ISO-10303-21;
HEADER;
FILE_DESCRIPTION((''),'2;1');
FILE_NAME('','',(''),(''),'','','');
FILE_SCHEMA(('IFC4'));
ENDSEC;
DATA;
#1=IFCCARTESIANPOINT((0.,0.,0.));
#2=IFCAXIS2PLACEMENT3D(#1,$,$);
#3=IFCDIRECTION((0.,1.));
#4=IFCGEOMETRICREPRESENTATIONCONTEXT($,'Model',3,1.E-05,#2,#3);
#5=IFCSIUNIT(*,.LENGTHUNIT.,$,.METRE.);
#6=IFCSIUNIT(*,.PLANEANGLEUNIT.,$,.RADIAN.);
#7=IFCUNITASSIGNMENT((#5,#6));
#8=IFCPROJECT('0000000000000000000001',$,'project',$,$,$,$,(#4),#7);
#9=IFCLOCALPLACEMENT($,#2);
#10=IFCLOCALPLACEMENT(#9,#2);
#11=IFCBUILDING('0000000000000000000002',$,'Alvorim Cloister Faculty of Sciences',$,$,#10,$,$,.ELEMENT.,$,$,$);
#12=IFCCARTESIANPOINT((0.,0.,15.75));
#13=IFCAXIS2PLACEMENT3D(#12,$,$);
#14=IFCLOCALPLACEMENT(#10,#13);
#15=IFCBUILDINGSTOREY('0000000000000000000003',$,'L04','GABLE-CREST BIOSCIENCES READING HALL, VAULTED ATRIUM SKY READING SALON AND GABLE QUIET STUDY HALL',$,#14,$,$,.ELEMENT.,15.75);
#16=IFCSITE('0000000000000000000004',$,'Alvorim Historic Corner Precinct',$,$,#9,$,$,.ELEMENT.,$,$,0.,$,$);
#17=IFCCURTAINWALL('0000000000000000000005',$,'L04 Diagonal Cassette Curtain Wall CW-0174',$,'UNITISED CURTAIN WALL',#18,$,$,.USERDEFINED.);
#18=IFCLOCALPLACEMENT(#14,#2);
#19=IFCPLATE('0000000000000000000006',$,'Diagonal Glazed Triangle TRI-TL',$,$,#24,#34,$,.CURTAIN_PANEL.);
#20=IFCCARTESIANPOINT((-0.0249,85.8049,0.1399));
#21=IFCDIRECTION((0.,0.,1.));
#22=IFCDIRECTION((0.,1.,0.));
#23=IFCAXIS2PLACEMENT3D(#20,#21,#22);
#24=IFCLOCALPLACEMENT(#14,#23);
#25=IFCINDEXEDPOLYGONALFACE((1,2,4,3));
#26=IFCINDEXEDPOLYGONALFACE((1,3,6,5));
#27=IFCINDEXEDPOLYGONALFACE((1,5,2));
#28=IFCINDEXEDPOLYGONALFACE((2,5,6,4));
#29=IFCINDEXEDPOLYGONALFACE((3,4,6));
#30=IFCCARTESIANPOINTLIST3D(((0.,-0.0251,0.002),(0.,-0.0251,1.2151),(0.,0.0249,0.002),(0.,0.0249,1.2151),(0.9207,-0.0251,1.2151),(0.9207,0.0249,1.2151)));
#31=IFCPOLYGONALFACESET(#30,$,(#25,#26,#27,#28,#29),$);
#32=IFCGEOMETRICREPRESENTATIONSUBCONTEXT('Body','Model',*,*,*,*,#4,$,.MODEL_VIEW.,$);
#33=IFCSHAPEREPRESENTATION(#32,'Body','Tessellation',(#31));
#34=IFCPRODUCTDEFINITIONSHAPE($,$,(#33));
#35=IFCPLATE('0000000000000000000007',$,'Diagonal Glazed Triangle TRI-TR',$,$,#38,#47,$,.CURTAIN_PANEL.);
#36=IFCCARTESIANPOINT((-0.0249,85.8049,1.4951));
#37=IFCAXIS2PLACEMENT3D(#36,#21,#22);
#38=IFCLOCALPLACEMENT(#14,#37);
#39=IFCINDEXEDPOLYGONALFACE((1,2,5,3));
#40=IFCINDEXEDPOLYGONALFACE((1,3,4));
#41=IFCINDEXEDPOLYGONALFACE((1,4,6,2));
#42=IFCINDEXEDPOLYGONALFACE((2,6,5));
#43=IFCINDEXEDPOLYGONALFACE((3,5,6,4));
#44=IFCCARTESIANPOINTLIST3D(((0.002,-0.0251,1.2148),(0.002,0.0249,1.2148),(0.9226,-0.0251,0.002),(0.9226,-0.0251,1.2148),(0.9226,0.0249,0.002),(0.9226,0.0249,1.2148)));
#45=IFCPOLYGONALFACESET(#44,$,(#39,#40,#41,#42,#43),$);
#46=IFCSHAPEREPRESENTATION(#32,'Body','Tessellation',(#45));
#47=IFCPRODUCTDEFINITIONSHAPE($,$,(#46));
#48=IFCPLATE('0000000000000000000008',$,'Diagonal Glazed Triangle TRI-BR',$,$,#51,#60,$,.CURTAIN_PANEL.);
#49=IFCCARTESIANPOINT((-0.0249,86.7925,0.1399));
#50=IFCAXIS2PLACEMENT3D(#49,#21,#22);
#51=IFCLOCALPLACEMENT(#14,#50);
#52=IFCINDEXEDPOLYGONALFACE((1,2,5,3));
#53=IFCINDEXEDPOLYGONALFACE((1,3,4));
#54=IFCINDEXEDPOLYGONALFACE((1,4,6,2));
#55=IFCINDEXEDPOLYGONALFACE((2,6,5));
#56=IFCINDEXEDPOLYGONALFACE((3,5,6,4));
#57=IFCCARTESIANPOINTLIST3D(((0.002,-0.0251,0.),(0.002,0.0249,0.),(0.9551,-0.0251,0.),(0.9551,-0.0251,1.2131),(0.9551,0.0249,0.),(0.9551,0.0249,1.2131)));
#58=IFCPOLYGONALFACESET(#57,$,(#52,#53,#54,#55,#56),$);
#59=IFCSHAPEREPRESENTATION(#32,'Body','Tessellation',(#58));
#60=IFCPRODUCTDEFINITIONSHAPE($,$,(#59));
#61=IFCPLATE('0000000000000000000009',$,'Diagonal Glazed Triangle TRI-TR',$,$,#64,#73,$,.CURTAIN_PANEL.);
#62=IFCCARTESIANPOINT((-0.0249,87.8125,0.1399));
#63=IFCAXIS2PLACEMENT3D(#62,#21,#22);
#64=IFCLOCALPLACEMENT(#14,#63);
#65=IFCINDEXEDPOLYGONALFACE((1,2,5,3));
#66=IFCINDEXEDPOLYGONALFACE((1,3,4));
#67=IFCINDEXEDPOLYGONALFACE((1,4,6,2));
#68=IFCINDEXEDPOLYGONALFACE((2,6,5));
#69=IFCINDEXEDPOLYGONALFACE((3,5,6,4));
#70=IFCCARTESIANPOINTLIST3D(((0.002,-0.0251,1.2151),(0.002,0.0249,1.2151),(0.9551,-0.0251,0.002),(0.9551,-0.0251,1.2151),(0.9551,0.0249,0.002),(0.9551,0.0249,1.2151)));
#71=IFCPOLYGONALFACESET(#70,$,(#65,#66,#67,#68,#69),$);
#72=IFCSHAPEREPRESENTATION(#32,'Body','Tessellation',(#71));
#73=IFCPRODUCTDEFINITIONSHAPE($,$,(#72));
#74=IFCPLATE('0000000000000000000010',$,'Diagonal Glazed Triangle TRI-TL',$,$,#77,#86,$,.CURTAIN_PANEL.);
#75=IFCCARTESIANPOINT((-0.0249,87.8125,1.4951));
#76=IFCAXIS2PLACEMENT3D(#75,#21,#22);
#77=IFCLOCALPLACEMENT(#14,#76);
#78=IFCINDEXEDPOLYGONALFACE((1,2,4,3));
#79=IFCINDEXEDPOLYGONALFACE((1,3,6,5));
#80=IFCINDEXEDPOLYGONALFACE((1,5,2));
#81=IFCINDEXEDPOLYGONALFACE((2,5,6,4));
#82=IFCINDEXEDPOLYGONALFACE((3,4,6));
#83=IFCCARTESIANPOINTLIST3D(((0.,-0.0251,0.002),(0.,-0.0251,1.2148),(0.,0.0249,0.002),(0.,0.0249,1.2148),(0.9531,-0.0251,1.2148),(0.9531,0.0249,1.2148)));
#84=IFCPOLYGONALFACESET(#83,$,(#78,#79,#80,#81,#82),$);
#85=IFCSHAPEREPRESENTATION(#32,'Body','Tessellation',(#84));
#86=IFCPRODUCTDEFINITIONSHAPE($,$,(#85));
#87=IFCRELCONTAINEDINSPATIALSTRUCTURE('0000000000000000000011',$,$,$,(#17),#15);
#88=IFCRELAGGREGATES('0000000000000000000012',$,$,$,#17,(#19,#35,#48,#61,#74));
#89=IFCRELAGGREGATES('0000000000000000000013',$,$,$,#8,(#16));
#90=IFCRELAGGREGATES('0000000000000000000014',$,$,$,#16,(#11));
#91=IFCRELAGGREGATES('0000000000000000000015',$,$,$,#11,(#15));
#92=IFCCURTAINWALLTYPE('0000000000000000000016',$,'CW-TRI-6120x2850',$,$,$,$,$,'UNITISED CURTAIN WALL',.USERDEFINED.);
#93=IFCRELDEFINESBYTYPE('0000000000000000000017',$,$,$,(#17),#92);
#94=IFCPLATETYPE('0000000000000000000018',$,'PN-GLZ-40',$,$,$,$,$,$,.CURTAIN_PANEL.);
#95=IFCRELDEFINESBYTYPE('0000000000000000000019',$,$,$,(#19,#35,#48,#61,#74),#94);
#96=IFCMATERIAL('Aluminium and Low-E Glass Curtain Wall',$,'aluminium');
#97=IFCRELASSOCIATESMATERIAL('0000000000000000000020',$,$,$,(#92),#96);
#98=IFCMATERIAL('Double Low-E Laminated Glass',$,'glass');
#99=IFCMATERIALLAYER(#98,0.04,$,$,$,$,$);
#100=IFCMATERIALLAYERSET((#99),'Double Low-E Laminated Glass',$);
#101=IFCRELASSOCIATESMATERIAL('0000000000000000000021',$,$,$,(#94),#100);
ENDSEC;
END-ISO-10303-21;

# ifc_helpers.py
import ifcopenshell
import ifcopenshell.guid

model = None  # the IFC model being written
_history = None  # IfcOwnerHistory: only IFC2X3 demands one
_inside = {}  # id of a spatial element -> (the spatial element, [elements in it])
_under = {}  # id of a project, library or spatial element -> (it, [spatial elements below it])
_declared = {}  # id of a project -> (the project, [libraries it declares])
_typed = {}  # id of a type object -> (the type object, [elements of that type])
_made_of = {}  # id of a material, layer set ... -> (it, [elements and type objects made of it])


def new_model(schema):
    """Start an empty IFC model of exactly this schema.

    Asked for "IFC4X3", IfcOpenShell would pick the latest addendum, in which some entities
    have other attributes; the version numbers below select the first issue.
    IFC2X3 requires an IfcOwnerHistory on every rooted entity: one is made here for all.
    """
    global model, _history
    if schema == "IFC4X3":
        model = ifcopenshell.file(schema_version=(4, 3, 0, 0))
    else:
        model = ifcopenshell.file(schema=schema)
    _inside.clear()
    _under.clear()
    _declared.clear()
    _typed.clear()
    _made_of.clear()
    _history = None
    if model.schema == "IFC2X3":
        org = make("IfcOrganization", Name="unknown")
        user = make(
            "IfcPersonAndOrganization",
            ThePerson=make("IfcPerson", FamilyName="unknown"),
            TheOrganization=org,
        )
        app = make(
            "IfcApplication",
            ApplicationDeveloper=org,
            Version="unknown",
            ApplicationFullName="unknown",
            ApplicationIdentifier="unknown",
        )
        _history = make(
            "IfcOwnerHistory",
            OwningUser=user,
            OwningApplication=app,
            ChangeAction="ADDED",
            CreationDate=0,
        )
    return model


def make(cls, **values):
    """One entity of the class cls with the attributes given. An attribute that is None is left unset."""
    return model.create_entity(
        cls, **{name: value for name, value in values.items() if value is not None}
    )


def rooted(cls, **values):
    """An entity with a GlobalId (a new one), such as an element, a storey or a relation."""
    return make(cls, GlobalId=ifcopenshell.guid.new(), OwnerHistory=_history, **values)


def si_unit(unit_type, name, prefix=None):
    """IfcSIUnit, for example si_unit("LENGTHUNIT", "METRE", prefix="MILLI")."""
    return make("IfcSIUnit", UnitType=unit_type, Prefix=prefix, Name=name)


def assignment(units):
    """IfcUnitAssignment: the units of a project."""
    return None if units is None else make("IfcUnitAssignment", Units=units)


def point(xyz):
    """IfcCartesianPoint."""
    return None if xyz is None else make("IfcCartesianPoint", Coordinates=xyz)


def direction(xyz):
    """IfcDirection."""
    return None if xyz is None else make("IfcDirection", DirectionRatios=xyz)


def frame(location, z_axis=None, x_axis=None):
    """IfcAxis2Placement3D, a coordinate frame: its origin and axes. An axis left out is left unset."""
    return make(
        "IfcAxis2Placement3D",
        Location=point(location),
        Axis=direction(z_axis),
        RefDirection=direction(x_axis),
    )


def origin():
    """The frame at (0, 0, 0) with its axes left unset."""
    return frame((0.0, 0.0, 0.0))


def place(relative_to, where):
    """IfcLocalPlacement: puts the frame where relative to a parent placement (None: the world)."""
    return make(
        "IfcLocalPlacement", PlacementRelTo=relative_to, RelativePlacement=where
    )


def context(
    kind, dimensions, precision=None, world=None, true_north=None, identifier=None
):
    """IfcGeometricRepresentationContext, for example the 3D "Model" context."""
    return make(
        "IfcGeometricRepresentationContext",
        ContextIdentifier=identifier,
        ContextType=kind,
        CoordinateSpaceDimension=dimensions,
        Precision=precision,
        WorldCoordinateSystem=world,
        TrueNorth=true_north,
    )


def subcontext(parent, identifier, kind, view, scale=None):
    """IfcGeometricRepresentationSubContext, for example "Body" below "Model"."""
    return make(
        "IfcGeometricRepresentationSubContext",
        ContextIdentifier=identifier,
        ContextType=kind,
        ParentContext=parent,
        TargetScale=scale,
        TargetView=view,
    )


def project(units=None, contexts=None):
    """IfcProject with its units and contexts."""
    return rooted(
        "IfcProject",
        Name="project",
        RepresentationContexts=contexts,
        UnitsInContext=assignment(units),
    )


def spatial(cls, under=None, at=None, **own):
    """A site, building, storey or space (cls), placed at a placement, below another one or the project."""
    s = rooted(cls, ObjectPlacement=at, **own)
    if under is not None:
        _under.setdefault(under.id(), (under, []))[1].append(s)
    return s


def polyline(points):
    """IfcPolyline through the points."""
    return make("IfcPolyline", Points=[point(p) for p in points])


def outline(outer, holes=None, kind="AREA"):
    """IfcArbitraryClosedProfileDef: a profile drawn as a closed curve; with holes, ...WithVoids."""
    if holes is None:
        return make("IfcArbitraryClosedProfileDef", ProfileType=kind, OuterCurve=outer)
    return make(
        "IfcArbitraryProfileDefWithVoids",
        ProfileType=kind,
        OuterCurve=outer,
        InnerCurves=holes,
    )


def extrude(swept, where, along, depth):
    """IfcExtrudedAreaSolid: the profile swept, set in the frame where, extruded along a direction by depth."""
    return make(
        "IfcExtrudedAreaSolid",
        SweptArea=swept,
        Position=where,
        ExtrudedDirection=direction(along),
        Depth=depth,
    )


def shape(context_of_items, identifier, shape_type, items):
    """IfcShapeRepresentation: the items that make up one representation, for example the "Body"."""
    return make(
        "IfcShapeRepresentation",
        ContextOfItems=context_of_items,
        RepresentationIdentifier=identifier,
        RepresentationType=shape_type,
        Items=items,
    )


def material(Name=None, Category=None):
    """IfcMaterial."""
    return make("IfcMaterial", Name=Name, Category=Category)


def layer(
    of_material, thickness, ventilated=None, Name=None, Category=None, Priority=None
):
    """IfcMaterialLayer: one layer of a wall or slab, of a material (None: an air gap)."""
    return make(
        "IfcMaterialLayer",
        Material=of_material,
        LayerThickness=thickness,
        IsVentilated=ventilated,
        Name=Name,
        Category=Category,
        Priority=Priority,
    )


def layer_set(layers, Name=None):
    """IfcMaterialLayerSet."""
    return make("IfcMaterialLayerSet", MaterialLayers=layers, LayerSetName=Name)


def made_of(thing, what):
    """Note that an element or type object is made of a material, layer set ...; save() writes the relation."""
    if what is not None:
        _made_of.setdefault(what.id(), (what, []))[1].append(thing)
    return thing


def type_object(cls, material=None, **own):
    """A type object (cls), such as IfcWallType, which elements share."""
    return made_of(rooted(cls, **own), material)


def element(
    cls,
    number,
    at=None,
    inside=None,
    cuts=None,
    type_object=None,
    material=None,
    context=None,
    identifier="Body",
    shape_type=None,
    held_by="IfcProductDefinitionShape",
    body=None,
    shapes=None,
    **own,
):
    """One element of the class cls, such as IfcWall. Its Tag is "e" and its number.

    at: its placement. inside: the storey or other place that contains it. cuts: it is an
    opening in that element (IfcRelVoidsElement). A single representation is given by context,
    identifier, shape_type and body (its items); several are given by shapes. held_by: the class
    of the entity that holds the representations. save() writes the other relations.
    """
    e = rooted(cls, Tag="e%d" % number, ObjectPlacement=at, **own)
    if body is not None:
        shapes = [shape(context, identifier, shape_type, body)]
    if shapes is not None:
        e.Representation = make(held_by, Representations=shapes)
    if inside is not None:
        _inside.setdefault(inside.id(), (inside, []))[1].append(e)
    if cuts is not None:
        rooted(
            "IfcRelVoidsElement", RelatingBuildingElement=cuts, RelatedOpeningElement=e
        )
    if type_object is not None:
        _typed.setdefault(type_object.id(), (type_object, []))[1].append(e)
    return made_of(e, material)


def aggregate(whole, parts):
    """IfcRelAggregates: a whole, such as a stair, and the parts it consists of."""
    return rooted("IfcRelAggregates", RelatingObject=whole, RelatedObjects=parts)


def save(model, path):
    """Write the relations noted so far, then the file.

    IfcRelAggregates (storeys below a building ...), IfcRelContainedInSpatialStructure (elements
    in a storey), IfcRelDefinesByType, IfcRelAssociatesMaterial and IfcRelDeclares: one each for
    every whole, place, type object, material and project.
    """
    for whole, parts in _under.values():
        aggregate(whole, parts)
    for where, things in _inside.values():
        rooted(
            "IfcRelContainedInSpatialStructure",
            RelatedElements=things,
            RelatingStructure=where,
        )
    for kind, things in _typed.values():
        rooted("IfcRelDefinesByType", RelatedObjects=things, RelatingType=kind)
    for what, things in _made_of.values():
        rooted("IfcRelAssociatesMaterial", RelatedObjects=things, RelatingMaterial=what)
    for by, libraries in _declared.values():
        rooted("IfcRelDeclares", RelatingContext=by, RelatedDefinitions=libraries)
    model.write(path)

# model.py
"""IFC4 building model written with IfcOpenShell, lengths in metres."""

from ifc_helpers import new_model, si_unit, direction, frame, origin, place, context, subcontext, project, spatial, polyline, outline, extrude, material, layer, layer_set, type_object, element, aggregate, save


model = new_model("IFC4")

# Units and contexts
model_context = context("Model", 3, precision=1e-05, world=origin(), true_north=direction((0.0, 1.0)))
body_context = subcontext(model_context, "Body", "Model", "MODEL_VIEW")
ifc_project = project(units=[si_unit("LENGTHUNIT", "METRE"), si_unit("PLANEANGLEUNIT", "RADIAN")], contexts=[model_context])

# Site, building, storey
site_placement = place(None, origin())
site = spatial("IfcSite", under=ifc_project, at=site_placement, Name="Alvorim Historic Corner Precinct", CompositionType="ELEMENT", RefElevation=0.0)
building_placement = place(site_placement, origin())
building = spatial("IfcBuilding", under=site, at=building_placement, Name="Alvorim Cloister Faculty of Sciences", CompositionType="ELEMENT")
storey_placement = place(building_placement, frame((0.0, 0.0, 15.75)))
storey = spatial("IfcBuildingStorey", under=building, at=storey_placement, Name="L04", Description="GABLE-CREST BIOSCIENCES READING HALL, VAULTED ATRIUM SKY READING SALON AND GABLE QUIET STUDY HALL", CompositionType="ELEMENT", Elevation=15.75)

# Curtain wall, plates
ifc_material_1 = material(Name="Aluminium and Low-E Glass Curtain Wall", Category="aluminium")
curtain_wall_type = type_object("IfcCurtainWallType", Name="CW-TRI-6120x2850", ElementType="UNITISED CURTAIN WALL", PredefinedType="USERDEFINED", material=ifc_material_1)
curtain_wall_placement = place(storey_placement, origin())
curtain_wall = element("IfcCurtainWall", 1, at=curtain_wall_placement, inside=storey, type_object=curtain_wall_type, Name="L04 Diagonal Cassette Curtain Wall CW-0174", ObjectType="UNITISED CURTAIN WALL", PredefinedType="USERDEFINED")
ifc_material_2 = material(Name="Double Low-E Laminated Glass", Category="glass")
ifc_layer_1 = layer(ifc_material_2, 0.04)
ifc_layer_set_1 = layer_set([ifc_layer_1], Name="Double Low-E Laminated Glass")
plate_type = type_object("IfcPlateType", Name="PN-GLZ-40", PredefinedType="CURTAIN_PANEL", material=ifc_layer_set_1)
plate_1_placement = place(storey_placement, frame((-0.0249, 85.8049, 0.1399), z_axis=(0.0, 0.0, 1.0), x_axis=(0.0, 1.0, 0.0)))
plate_1 = element("IfcPlate", 2, at=plate_1_placement, type_object=plate_type, Name="Diagonal Glazed Triangle TRI-TL", PredefinedType="CURTAIN_PANEL", context=body_context, shape_type="SweptSolid", body=[
    extrude(outline(polyline([(0.9207, 1.2151), (0.0, 1.2151), (0.0, 0.002), (0.9207, 1.2151)])), frame((0.0, 0.0249, 0.0), z_axis=(0.0, -1.0, 0.0), x_axis=(1.0, 0.0, 0.0)), (0.0, 0.0, 1.0), 0.05),
])
plate_2_placement = place(storey_placement, frame((-0.0249, 85.8049, 1.4951), z_axis=(0.0, 0.0, 1.0), x_axis=(0.0, 1.0, 0.0)))
plate_2 = element("IfcPlate", 3, at=plate_2_placement, type_object=plate_type, Name="Diagonal Glazed Triangle TRI-TR", PredefinedType="CURTAIN_PANEL", context=body_context, shape_type="SweptSolid", body=[
    extrude(outline(polyline([(0.9226, 0.002), (0.9226, 1.2148), (0.002, 1.2148), (0.9226, 0.002)])), frame((0.0, 0.0249, 0.0), z_axis=(0.0, -1.0, 0.0), x_axis=(1.0, 0.0, 0.0)), (0.0, 0.0, 1.0), 0.05),
])
plate_3_placement = place(storey_placement, frame((-0.0249, 86.7925, 0.1399), z_axis=(0.0, 0.0, 1.0), x_axis=(0.0, 1.0, 0.0)))
plate_3 = element("IfcPlate", 4, at=plate_3_placement, type_object=plate_type, Name="Diagonal Glazed Triangle TRI-BR", PredefinedType="CURTAIN_PANEL", context=body_context, shape_type="SweptSolid", body=[
    extrude(outline(polyline([(0.002, 0.0), (0.9551, 0.0), (0.9551, 1.2131), (0.002, 0.0)])), frame((0.0, 0.0249, 0.0), z_axis=(0.0, -1.0, 0.0), x_axis=(1.0, 0.0, 0.0)), (0.0, 0.0, 1.0), 0.05),
])
plate_4_placement = place(storey_placement, frame((-0.0249, 87.8125, 0.1399), z_axis=(0.0, 0.0, 1.0), x_axis=(0.0, 1.0, 0.0)))
plate_4 = element("IfcPlate", 5, at=plate_4_placement, type_object=plate_type, Name="Diagonal Glazed Triangle TRI-TR", PredefinedType="CURTAIN_PANEL", context=body_context, shape_type="SweptSolid", body=[
    extrude(outline(polyline([(0.9551, 0.002), (0.9551, 1.2151), (0.002, 1.2151), (0.9551, 0.002)])), frame((0.0, 0.0249, 0.0), z_axis=(0.0, -1.0, 0.0), x_axis=(1.0, 0.0, 0.0)), (0.0, 0.0, 1.0), 0.05),
])
plate_5_placement = place(storey_placement, frame((-0.0249, 87.8125, 1.4951), z_axis=(0.0, 0.0, 1.0), x_axis=(0.0, 1.0, 0.0)))
plate_5 = element("IfcPlate", 6, at=plate_5_placement, type_object=plate_type, Name="Diagonal Glazed Triangle TRI-TL", PredefinedType="CURTAIN_PANEL", context=body_context, shape_type="SweptSolid", body=[
    extrude(outline(polyline([(0.9531, 1.2148), (0.0, 1.2148), (0.0, 0.002), (0.9531, 1.2148)])), frame((0.0, 0.0249, 0.0), z_axis=(0.0, -1.0, 0.0), x_axis=(1.0, 0.0, 0.0)), (0.0, 0.0, 1.0), 0.05),
])
aggregate(curtain_wall, [plate_1, plate_2, plate_3, plate_4, plate_5])

save(model, "model.ifc")
